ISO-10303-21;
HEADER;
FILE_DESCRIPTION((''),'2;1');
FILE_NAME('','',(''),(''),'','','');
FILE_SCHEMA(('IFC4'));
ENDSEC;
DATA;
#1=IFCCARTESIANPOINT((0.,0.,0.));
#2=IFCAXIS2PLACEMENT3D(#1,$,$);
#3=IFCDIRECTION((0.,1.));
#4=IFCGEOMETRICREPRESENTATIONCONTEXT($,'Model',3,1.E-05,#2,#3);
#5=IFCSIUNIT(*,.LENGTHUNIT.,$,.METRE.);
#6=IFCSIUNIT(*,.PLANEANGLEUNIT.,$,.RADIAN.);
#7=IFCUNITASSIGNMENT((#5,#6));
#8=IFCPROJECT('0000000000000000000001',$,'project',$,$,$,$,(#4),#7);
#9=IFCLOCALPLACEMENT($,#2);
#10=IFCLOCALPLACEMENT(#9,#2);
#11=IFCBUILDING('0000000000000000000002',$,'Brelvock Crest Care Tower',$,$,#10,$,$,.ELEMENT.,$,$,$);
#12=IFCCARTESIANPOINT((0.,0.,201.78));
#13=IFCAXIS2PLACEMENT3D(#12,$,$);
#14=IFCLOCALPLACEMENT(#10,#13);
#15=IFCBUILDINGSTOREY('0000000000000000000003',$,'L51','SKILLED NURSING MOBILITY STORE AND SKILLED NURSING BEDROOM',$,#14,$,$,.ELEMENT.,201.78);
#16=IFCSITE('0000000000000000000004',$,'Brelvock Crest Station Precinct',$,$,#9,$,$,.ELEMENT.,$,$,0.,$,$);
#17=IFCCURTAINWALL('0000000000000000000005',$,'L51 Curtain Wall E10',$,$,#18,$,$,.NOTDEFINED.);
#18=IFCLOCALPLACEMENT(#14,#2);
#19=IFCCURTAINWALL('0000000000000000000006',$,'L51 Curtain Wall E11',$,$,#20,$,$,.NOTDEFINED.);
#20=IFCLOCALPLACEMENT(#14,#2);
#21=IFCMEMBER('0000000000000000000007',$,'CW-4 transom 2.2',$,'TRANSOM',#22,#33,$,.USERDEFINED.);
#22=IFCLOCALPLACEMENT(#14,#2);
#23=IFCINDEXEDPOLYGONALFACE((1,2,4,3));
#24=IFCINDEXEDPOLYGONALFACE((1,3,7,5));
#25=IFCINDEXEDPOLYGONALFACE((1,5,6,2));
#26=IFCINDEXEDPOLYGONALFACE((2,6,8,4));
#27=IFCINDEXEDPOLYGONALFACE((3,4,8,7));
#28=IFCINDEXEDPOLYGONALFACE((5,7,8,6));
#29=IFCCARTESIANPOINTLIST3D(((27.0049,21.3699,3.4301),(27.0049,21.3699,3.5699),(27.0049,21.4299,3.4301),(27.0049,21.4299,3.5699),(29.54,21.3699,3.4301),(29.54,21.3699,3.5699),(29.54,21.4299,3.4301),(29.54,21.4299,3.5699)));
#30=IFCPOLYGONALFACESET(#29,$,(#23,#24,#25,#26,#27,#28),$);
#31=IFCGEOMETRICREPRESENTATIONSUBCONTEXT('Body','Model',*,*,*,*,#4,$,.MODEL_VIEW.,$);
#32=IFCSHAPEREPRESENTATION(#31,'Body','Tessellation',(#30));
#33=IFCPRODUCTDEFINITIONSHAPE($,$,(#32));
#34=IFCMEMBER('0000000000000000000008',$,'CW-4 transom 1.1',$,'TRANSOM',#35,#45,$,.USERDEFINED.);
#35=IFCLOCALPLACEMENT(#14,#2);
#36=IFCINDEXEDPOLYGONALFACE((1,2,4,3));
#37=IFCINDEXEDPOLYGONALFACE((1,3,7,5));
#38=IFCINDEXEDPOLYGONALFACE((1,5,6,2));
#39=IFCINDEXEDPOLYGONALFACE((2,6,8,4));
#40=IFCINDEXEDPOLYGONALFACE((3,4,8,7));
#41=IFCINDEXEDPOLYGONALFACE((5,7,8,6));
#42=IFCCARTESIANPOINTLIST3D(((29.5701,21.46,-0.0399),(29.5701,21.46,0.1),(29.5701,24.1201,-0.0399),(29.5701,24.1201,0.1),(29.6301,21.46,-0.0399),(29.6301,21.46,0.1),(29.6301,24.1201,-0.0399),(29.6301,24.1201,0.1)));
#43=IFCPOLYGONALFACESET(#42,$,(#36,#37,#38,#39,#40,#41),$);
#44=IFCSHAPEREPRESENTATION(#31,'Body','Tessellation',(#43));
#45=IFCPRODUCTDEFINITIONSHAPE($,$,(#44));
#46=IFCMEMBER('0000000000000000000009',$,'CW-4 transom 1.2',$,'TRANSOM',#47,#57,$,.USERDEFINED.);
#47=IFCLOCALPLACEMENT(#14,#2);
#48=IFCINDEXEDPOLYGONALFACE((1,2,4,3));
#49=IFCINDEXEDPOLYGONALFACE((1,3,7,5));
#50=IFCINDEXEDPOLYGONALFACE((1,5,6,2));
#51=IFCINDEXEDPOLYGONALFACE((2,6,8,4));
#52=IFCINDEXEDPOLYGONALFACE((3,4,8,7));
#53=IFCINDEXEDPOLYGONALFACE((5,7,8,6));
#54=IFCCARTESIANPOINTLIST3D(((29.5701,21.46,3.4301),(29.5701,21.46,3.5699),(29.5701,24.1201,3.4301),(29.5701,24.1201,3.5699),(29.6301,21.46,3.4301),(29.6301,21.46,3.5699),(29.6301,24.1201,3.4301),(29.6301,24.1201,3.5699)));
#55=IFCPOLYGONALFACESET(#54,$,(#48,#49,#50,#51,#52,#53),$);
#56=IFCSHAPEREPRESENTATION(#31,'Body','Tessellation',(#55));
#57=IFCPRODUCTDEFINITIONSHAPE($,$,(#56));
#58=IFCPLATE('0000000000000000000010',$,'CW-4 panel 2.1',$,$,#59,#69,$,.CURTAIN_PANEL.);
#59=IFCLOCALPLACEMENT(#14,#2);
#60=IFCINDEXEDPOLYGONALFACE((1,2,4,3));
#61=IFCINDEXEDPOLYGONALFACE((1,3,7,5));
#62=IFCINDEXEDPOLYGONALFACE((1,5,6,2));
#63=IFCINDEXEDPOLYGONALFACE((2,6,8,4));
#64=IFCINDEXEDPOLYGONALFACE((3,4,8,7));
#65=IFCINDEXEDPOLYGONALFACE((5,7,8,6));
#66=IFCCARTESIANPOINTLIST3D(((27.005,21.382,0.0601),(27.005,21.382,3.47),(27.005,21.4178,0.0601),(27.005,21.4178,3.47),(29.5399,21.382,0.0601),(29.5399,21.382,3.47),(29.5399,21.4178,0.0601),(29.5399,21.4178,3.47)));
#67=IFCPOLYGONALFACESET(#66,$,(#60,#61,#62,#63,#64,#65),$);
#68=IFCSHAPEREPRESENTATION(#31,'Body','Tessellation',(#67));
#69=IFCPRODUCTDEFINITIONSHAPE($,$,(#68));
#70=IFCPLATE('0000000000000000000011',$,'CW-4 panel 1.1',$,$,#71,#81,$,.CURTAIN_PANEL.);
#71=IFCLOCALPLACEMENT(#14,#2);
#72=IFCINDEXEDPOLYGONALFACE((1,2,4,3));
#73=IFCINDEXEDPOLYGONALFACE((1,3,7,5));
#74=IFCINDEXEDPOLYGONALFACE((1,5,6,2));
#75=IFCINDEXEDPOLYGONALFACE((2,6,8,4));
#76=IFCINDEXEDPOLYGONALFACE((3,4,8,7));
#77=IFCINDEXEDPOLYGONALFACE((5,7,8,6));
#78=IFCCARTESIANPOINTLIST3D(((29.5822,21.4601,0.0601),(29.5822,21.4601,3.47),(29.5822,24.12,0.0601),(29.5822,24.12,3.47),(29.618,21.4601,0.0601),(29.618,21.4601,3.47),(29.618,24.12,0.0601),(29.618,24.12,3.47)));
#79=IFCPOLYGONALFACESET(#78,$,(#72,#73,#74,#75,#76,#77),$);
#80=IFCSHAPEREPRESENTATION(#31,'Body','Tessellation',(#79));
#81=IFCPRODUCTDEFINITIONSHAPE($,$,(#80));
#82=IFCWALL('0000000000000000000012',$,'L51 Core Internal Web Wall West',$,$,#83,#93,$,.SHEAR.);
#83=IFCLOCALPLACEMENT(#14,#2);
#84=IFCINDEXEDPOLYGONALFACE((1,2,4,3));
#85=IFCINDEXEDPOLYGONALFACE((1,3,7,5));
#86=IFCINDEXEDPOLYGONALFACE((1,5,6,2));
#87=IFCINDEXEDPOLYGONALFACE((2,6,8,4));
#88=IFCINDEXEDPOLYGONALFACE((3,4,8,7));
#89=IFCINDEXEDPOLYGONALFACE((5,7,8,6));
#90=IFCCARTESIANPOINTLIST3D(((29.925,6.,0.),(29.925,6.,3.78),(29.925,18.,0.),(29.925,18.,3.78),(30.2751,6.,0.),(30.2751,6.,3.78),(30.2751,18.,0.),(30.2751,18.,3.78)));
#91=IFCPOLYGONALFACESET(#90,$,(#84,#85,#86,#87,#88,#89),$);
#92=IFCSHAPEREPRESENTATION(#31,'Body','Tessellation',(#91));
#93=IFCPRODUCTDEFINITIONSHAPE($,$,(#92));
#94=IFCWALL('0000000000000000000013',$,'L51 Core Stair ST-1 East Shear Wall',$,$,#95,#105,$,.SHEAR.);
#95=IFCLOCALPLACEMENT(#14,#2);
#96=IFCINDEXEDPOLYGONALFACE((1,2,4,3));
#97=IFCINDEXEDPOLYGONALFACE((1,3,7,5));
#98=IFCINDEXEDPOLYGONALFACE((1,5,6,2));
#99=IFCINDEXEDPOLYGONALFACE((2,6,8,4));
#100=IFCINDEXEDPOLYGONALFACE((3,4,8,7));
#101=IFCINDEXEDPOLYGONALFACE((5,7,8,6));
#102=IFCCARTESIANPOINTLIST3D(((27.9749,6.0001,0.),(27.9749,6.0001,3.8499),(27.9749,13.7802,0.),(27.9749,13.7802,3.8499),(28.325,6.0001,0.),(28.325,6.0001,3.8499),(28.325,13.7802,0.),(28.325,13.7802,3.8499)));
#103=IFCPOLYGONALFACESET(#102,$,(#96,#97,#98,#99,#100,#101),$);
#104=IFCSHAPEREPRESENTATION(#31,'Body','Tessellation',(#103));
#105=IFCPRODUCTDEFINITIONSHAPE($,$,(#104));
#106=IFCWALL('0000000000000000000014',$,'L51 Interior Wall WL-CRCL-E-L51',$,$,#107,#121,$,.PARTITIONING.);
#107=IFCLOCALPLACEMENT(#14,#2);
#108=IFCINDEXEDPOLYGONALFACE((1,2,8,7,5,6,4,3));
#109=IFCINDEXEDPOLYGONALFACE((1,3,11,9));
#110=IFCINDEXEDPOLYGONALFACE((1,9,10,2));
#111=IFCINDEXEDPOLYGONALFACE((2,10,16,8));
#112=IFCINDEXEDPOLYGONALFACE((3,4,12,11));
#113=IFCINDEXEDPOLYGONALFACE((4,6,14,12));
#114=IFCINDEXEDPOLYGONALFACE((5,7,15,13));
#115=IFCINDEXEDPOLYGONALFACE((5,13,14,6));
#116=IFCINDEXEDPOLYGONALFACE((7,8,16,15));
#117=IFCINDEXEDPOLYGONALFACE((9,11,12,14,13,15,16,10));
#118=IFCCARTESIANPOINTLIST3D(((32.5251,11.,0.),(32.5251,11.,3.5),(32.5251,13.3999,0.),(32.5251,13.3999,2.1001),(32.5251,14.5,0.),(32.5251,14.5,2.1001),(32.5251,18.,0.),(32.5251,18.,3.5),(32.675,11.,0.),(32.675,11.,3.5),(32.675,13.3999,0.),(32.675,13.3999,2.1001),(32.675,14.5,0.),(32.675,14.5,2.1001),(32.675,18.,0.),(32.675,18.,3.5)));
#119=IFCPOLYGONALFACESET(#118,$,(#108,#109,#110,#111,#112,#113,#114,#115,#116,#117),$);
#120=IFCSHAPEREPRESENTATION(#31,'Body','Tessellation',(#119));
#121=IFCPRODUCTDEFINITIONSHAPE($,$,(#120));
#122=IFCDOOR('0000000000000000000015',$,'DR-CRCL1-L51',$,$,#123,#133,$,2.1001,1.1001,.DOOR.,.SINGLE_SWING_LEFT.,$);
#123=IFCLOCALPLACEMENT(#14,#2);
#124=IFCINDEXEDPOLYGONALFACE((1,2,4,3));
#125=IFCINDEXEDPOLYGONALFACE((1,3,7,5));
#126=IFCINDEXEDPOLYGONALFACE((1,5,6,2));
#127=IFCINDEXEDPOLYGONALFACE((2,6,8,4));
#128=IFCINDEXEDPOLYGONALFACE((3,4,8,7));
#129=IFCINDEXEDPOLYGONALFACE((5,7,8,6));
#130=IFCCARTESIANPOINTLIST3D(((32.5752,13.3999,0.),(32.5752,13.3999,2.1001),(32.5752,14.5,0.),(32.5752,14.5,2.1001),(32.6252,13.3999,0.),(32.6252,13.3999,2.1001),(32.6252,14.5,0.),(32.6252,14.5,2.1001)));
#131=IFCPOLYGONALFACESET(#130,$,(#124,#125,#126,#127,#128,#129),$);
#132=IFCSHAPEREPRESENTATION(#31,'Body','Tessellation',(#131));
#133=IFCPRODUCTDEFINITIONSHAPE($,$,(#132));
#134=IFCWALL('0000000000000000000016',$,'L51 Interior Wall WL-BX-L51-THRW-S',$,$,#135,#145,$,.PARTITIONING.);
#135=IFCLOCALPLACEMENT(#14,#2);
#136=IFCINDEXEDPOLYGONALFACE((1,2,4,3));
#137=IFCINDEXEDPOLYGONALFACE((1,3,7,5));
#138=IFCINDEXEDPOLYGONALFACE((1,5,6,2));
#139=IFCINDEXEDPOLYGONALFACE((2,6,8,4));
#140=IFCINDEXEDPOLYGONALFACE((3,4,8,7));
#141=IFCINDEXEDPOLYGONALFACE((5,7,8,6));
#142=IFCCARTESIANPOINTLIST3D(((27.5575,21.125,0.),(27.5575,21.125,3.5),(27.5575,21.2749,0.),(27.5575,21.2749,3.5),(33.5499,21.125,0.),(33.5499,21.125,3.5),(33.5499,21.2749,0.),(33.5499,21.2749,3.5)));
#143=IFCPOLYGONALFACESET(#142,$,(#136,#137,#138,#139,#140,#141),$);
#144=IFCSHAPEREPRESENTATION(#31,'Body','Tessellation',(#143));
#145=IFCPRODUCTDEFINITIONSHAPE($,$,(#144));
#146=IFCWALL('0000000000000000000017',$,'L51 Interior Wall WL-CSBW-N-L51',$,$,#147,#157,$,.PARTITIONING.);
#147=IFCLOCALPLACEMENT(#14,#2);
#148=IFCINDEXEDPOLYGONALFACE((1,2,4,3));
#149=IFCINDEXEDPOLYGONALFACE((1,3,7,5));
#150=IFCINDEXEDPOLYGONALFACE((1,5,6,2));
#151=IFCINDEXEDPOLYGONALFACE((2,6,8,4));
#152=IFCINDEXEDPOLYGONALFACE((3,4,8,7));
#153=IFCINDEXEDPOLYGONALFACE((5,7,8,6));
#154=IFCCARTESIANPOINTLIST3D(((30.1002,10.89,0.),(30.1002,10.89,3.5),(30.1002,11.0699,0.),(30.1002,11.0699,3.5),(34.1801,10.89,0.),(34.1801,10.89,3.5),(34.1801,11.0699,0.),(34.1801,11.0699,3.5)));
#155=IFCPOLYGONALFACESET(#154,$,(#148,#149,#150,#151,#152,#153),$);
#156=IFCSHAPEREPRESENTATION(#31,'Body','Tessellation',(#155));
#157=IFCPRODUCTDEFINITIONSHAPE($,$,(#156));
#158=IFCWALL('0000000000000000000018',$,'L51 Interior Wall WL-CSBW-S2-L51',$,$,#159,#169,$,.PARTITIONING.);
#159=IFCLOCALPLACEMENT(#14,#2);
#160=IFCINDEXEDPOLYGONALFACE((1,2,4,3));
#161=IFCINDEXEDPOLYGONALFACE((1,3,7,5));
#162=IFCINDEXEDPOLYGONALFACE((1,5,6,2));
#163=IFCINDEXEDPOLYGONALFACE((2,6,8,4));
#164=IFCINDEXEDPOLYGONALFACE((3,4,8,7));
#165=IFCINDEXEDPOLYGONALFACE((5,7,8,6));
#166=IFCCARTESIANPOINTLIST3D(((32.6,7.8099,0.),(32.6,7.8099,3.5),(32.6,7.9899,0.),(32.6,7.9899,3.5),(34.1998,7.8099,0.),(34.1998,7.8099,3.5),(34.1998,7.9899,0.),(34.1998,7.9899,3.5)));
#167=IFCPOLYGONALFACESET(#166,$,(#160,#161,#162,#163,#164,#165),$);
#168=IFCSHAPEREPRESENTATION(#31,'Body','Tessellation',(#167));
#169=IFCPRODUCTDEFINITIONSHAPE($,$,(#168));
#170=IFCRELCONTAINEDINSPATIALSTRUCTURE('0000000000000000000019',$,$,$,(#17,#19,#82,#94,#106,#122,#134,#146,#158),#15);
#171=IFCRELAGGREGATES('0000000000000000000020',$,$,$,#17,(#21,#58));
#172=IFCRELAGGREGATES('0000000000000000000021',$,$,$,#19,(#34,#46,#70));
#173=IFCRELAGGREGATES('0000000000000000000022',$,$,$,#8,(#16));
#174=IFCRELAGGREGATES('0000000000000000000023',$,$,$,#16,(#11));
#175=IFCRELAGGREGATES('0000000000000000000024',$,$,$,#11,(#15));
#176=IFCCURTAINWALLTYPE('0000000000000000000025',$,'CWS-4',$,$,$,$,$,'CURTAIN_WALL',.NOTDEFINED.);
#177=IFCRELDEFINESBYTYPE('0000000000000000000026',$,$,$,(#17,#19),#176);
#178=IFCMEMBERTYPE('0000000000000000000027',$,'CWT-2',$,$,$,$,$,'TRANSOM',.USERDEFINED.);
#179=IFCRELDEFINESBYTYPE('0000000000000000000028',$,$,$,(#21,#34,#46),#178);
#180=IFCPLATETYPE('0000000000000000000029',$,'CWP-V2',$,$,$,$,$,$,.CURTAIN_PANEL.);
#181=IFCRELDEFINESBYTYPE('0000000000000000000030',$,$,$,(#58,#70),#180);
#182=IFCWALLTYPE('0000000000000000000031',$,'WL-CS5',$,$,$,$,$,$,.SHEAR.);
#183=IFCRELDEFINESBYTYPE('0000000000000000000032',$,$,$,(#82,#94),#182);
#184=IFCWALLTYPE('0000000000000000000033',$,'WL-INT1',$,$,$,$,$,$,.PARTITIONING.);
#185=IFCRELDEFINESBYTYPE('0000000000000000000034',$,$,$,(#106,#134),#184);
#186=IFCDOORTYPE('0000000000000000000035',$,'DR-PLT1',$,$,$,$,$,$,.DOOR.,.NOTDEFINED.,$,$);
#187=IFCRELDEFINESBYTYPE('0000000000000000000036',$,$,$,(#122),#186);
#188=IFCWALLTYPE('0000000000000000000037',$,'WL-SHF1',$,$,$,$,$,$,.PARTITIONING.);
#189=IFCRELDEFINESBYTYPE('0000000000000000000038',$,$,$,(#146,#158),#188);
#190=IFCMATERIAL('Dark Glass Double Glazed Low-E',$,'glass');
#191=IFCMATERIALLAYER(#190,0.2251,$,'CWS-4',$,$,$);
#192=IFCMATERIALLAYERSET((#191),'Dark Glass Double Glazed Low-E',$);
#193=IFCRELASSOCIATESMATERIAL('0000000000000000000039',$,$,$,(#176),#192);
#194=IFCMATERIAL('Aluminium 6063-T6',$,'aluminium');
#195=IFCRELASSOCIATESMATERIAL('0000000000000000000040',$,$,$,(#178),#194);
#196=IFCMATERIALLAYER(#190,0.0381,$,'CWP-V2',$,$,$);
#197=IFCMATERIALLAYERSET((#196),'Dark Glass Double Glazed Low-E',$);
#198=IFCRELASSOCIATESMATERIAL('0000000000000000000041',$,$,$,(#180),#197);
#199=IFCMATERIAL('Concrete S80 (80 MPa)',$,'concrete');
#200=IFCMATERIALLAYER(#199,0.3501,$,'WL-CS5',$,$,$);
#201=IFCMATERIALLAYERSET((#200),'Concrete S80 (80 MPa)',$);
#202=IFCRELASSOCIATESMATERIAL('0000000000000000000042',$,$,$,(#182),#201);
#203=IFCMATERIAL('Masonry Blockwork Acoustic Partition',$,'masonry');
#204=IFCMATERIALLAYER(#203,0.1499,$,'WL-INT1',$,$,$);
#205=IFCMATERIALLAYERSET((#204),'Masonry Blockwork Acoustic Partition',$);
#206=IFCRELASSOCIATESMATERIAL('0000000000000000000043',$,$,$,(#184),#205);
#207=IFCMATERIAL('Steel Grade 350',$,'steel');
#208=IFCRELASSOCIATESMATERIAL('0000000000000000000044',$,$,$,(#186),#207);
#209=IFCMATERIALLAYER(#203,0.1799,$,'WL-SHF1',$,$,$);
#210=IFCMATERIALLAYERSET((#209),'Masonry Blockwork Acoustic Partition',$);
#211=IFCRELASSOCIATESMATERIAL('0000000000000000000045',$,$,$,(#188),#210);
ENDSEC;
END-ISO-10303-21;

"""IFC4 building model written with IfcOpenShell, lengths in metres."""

from ifc_helpers import new_model, si_unit, direction, frame, frame_2d, origin, origin_2d, place, context, subcontext, project, spatial, rectangle, extrude, source, transform, mapped, material, layer, layer_set, material_profile, profile_set, type_object, element, fill, aggregate, save


model = new_model("IFC4")

# Units and contexts
model_context = context("Model", 3, precision=1e-05, world=origin(), true_north=direction((0.0, 1.0)))
body_context = subcontext(model_context, "Body", "Model", "MODEL_VIEW")
ifc_project = project(units=[si_unit("LENGTHUNIT", "METRE"), si_unit("PLANEANGLEUNIT", "RADIAN")], contexts=[model_context])

# Site, building, storey
site_placement = place(None, origin())
site = spatial("IfcSite", under=ifc_project, at=site_placement, Name="Brelvock Crest Station Precinct", CompositionType="ELEMENT", RefElevation=0.0)
building_placement = place(site_placement, origin())
building = spatial("IfcBuilding", under=site, at=building_placement, Name="Brelvock Crest Care Tower", CompositionType="ELEMENT")
storey_placement = place(building_placement, frame((0.0, 0.0, 201.78)))
storey = spatial("IfcBuildingStorey", under=building, at=storey_placement, Name="L51", Description="SKILLED NURSING MOBILITY STORE AND SKILLED NURSING BEDROOM", CompositionType="ELEMENT", Elevation=201.78)

# Shared definitions
ifc_material_1 = material(Name="Steel Grade 350", Category="steel")

# Curtain wall
ifc_material_2 = material(Name="Dark Glass Double Glazed Low-E", Category="glass")
ifc_layer_1 = layer(ifc_material_2, 0.2251, Name="CWS-4")
ifc_layer_set_1 = layer_set([ifc_layer_1], Name="Dark Glass Double Glazed Low-E")
curtain_wall_type = type_object("IfcCurtainWallType", Name="CWS-4", ElementType="CURTAIN_WALL", PredefinedType="NOTDEFINED", material=ifc_layer_set_1)
curtain_wall_1_placement = place(storey_placement, origin())
curtain_wall_1 = element("IfcCurtainWall", 1, at=curtain_wall_1_placement, inside=storey, type_object=curtain_wall_type, Name="L51 Curtain Wall E10", PredefinedType="NOTDEFINED")
ifc_material_3 = material(Name="Aluminium 6063-T6", Category="aluminium")

# Curtain wall
curtain_wall_2_placement = place(storey_placement, origin())
curtain_wall_2 = element("IfcCurtainWall", 2, at=curtain_wall_2_placement, inside=storey, type_object=curtain_wall_type, Name="L51 Curtain Wall E11", PredefinedType="NOTDEFINED")

# Members
ifc_material_profile_1 = material_profile(ifc_material_3, rectangle(XDim=0.0601, YDim=0.1399, at=origin_2d()), Name="ALU60x140")
ifc_profile_set_1 = profile_set([ifc_material_profile_1], Name="Aluminium 6063-T6")
member_type_1 = type_object("IfcMemberType", Name="CWT-2", ElementType="TRANSOM", PredefinedType="USERDEFINED", material=ifc_profile_set_1)
shared_shape_1 = source(origin(), body_context, "Body", "SweptSolid", [
    extrude(rectangle(XDim=0.0601, YDim=0.1399, at=origin_2d()), origin(), (0.0, 0.0, 1.0), 2.5352),
])
member_1_placement = place(storey_placement, frame((27.0049, 21.3999, 3.5), z_axis=(1.0, 0.0, 0.0), x_axis=(0.0, 1.0, 0.0)))
member_1 = element("IfcMember", 3, at=member_1_placement, type_object=member_type_1, Name="CW-4 transom 2.2", ObjectType="TRANSOM", PredefinedType="USERDEFINED", context=body_context, shape_type="MappedRepresentation", body=[
    mapped(shared_shape_1, transform((0.0, 0.0, 0.0), x_axis=(1.0, 0.0, 0.0), y_axis=(0.0, 1.0, 0.0), z_axis=(0.0, 0.0, 1.0), scale=1.0)),
])
shared_shape_2 = source(origin(), body_context, "Body", "SweptSolid", [
    extrude(rectangle(XDim=0.0601, YDim=0.1399, at=origin_2d()), origin(), (0.0, 0.0, 1.0), 2.6602),
])
member_2_placement = place(storey_placement, frame((29.6001, 21.46, 0.03), z_axis=(0.0, 1.0, 0.0), x_axis=(-1.0, 0.0, 0.0)))
member_2 = element("IfcMember", 4, at=member_2_placement, type_object=member_type_1, Name="CW-4 transom 1.1", ObjectType="TRANSOM", PredefinedType="USERDEFINED", context=body_context, shape_type="MappedRepresentation", body=[
    mapped(shared_shape_2, transform((0.0, 0.0, 0.0), x_axis=(1.0, 0.0, 0.0), y_axis=(0.0, 1.0, 0.0), z_axis=(0.0, 0.0, 1.0), scale=1.0)),
])
member_3_placement = place(storey_placement, frame((29.6001, 21.46, 3.5), z_axis=(0.0, 1.0, 0.0), x_axis=(-1.0, 0.0, 0.0)))
member_3 = element("IfcMember", 5, at=member_3_placement, type_object=member_type_1, Name="CW-4 transom 1.2", ObjectType="TRANSOM", PredefinedType="USERDEFINED", context=body_context, shape_type="MappedRepresentation", body=[
    mapped(shared_shape_2, transform((0.0, 0.0, 0.0), x_axis=(1.0, 0.0, 0.0), y_axis=(0.0, 1.0, 0.0), z_axis=(0.0, 0.0, 1.0), scale=1.0)),
])

# Plates
ifc_layer_2 = layer(ifc_material_2, 0.0381, Name="CWP-V2")
ifc_layer_set_2 = layer_set([ifc_layer_2], Name="Dark Glass Double Glazed Low-E")
plate_type = type_object("IfcPlateType", Name="CWP-V2", PredefinedType="CURTAIN_PANEL", material=ifc_layer_set_2)
shared_shape_3 = source(origin(), body_context, "Body", "SweptSolid", [
    extrude(rectangle(XDim=2.5349, YDim=0.0359, at=origin_2d()), origin(), (0.0, 0.0, 1.0), 3.4099),
])
plate_1_placement = place(storey_placement, frame((28.2725, 21.3999, 0.0601), z_axis=(0.0, 0.0, 1.0), x_axis=(1.0, 0.0, 0.0)))
plate_1 = element("IfcPlate", 6, at=plate_1_placement, type_object=plate_type, Name="CW-4 panel 2.1", PredefinedType="CURTAIN_PANEL", context=body_context, shape_type="MappedRepresentation", body=[
    mapped(shared_shape_3, transform((0.0, 0.0, 0.0), x_axis=(1.0, 0.0, 0.0), y_axis=(0.0, 1.0, 0.0), z_axis=(0.0, 0.0, 1.0), scale=1.0)),
])
aggregate(curtain_wall_1, [member_1, plate_1])
shared_shape_4 = source(origin(), body_context, "Body", "SweptSolid", [
    extrude(rectangle(XDim=2.6599, YDim=0.0359, at=origin_2d()), origin(), (0.0, 0.0, 1.0), 3.4099),
])
plate_2_placement = place(storey_placement, frame((29.6001, 22.79, 0.0601), z_axis=(0.0, 0.0, 1.0), x_axis=(0.0, 1.0, 0.0)))
plate_2 = element("IfcPlate", 7, at=plate_2_placement, type_object=plate_type, Name="CW-4 panel 1.1", PredefinedType="CURTAIN_PANEL", context=body_context, shape_type="MappedRepresentation", body=[
    mapped(shared_shape_4, transform((0.0, 0.0, 0.0), x_axis=(1.0, 0.0, 0.0), y_axis=(0.0, 1.0, 0.0), z_axis=(0.0, 0.0, 1.0), scale=1.0)),
])
aggregate(curtain_wall_2, [member_2, member_3, plate_2])

# Walls
ifc_material_4 = material(Name="Concrete S80 (80 MPa)", Category="concrete")
ifc_layer_3 = layer(ifc_material_4, 0.3501, Name="WL-CS5")
ifc_layer_set_3 = layer_set([ifc_layer_3], Name="Concrete S80 (80 MPa)")
wall_type_1 = type_object("IfcWallType", Name="WL-CS5", PredefinedType="SHEAR", material=ifc_layer_set_3)
wall_1_placement = place(storey_placement, frame((30.1001, 6.0, 0.0), z_axis=(0.0, 0.0, 1.0), x_axis=(0.0, 1.0, 0.0)))
element("IfcWall", 8, at=wall_1_placement, inside=storey, type_object=wall_type_1, Name="L51 Core Internal Web Wall West", PredefinedType="SHEAR", context=body_context, shape_type="SweptSolid", body=[
    extrude(rectangle(XDim=12.0, YDim=0.3501, at=frame_2d((6.0, 0.0))), origin(), (0.0, 0.0, 1.0), 3.78),
])
wall_2_placement = place(storey_placement, frame((28.1499, 6.0, 0.0), z_axis=(0.0, 0.0, 1.0), x_axis=(0.0, 1.0, 0.0)))
element("IfcWall", 9, at=wall_2_placement, inside=storey, type_object=wall_type_1, Name="L51 Core Stair ST-1 East Shear Wall", PredefinedType="SHEAR", context=body_context, shape_type="SweptSolid", body=[
    extrude(rectangle(XDim=7.78, YDim=0.3501, at=frame_2d((3.8901, 0.0))), origin(), (0.0, 0.0, 1.0), 3.8499),
])

# Wall, opening, door
ifc_material_5 = material(Name="Masonry Blockwork Acoustic Partition", Category="masonry")
ifc_layer_4 = layer(ifc_material_5, 0.1499, Name="WL-INT1")
ifc_layer_set_4 = layer_set([ifc_layer_4], Name="Masonry Blockwork Acoustic Partition")
wall_type_2 = type_object("IfcWallType", Name="WL-INT1", PredefinedType="PARTITIONING", material=ifc_layer_set_4)
wall_3_placement = place(storey_placement, frame((32.6001, 11.0, 0.0), z_axis=(0.0, 0.0, 1.0), x_axis=(0.0, 1.0, 0.0)))
wall_3 = element("IfcWall", 10, at=wall_3_placement, inside=storey, type_object=wall_type_2, Name="L51 Interior Wall WL-CRCL-E-L51", PredefinedType="PARTITIONING", context=body_context, shape_type="SweptSolid", body=[
    extrude(rectangle(XDim=7.0, YDim=0.1499, at=frame_2d((3.5, 0.0))), origin(), (0.0, 0.0, 1.0), 3.5),
])
opening_1_placement = place(wall_3_placement, frame((2.3999, 0.0, 0.0)))
opening_1 = element("IfcOpeningElement", 11, at=opening_1_placement, cuts=wall_3, PredefinedType="OPENING", context=body_context, shape_type="SweptSolid", body=[
    extrude(rectangle(XDim=1.1001, YDim=2.1001, at=origin_2d()), frame((0.55, 0.085, 1.05), z_axis=(0.0, -1.0, 0.0), x_axis=(1.0, 0.0, 0.0)), (0.0, 0.0, 1.0), 0.1699),
])
door_type_1 = type_object("IfcDoorType", Name="DR-PLT1", OperationType="NOTDEFINED", PredefinedType="DOOR", material=ifc_material_1)
shared_shape_5 = source(origin(), body_context, "Body", "SweptSolid", [
    extrude(rectangle(XDim=1.1001, YDim=2.1001, at=origin_2d()), frame((0.55, 0.0249, 1.05), z_axis=(0.0, -1.0, 0.0), x_axis=(1.0, 0.0, 0.0)), (0.0, 0.0, 1.0), 0.05),
])
door_1_placement = place(opening_1_placement, origin())
door_1 = element("IfcDoor", 12, at=door_1_placement, inside=storey, type_object=door_type_1, Name="DR-CRCL1-L51", OperationType="SINGLE_SWING_LEFT", OverallHeight=2.1001, OverallWidth=1.1001, PredefinedType="DOOR", context=body_context, shape_type="MappedRepresentation", body=[
    mapped(shared_shape_5, transform((0.0, 0.0, 0.0), x_axis=(1.0, 0.0, 0.0), y_axis=(0.0, 1.0, 0.0), z_axis=(0.0, 0.0, 1.0), scale=1.0)),
])
fill(opening_1, door_1)

# Walls
wall_4_placement = place(storey_placement, frame((27.5576, 21.2, 0.0), z_axis=(0.0, 0.0, 1.0), x_axis=(1.0, 0.0, 0.0)))
element("IfcWall", 13, at=wall_4_placement, inside=storey, type_object=wall_type_2, Name="L51 Interior Wall WL-BX-L51-THRW-S", PredefinedType="PARTITIONING", context=body_context, shape_type="SweptSolid", body=[
    extrude(rectangle(XDim=5.9924, YDim=0.1499, at=frame_2d((2.9961, 0.0))), origin(), (0.0, 0.0, 1.0), 3.5),
])
ifc_layer_5 = layer(ifc_material_5, 0.1799, Name="WL-SHF1")
ifc_layer_set_5 = layer_set([ifc_layer_5], Name="Masonry Blockwork Acoustic Partition")
wall_type_3 = type_object("IfcWallType", Name="WL-SHF1", PredefinedType="PARTITIONING", material=ifc_layer_set_5)
wall_5_placement = place(storey_placement, frame((30.1001, 10.98, 0.0), z_axis=(0.0, 0.0, 1.0), x_axis=(1.0, 0.0, 0.0)))
element("IfcWall", 14, at=wall_5_placement, inside=storey, type_object=wall_type_3, Name="L51 Interior Wall WL-CSBW-N-L51", PredefinedType="PARTITIONING", context=body_context, shape_type="SweptSolid", body=[
    extrude(rectangle(XDim=4.0798, YDim=0.1799, at=frame_2d((2.04, 0.0))), origin(), (0.0, 0.0, 1.0), 3.5),
])
wall_6_placement = place(storey_placement, frame((32.6001, 7.8999, 0.0), z_axis=(0.0, 0.0, 1.0), x_axis=(1.0, 0.0, 0.0)))
element("IfcWall", 15, at=wall_6_placement, inside=storey, type_object=wall_type_3, Name="L51 Interior Wall WL-CSBW-S2-L51", PredefinedType="PARTITIONING", context=body_context, shape_type="SweptSolid", body=[
    extrude(rectangle(XDim=1.5999, YDim=0.1799, at=frame_2d((0.7998, 0.0))), origin(), (0.0, 0.0, 1.0), 3.5),
])

save(model, "model.ifc")
